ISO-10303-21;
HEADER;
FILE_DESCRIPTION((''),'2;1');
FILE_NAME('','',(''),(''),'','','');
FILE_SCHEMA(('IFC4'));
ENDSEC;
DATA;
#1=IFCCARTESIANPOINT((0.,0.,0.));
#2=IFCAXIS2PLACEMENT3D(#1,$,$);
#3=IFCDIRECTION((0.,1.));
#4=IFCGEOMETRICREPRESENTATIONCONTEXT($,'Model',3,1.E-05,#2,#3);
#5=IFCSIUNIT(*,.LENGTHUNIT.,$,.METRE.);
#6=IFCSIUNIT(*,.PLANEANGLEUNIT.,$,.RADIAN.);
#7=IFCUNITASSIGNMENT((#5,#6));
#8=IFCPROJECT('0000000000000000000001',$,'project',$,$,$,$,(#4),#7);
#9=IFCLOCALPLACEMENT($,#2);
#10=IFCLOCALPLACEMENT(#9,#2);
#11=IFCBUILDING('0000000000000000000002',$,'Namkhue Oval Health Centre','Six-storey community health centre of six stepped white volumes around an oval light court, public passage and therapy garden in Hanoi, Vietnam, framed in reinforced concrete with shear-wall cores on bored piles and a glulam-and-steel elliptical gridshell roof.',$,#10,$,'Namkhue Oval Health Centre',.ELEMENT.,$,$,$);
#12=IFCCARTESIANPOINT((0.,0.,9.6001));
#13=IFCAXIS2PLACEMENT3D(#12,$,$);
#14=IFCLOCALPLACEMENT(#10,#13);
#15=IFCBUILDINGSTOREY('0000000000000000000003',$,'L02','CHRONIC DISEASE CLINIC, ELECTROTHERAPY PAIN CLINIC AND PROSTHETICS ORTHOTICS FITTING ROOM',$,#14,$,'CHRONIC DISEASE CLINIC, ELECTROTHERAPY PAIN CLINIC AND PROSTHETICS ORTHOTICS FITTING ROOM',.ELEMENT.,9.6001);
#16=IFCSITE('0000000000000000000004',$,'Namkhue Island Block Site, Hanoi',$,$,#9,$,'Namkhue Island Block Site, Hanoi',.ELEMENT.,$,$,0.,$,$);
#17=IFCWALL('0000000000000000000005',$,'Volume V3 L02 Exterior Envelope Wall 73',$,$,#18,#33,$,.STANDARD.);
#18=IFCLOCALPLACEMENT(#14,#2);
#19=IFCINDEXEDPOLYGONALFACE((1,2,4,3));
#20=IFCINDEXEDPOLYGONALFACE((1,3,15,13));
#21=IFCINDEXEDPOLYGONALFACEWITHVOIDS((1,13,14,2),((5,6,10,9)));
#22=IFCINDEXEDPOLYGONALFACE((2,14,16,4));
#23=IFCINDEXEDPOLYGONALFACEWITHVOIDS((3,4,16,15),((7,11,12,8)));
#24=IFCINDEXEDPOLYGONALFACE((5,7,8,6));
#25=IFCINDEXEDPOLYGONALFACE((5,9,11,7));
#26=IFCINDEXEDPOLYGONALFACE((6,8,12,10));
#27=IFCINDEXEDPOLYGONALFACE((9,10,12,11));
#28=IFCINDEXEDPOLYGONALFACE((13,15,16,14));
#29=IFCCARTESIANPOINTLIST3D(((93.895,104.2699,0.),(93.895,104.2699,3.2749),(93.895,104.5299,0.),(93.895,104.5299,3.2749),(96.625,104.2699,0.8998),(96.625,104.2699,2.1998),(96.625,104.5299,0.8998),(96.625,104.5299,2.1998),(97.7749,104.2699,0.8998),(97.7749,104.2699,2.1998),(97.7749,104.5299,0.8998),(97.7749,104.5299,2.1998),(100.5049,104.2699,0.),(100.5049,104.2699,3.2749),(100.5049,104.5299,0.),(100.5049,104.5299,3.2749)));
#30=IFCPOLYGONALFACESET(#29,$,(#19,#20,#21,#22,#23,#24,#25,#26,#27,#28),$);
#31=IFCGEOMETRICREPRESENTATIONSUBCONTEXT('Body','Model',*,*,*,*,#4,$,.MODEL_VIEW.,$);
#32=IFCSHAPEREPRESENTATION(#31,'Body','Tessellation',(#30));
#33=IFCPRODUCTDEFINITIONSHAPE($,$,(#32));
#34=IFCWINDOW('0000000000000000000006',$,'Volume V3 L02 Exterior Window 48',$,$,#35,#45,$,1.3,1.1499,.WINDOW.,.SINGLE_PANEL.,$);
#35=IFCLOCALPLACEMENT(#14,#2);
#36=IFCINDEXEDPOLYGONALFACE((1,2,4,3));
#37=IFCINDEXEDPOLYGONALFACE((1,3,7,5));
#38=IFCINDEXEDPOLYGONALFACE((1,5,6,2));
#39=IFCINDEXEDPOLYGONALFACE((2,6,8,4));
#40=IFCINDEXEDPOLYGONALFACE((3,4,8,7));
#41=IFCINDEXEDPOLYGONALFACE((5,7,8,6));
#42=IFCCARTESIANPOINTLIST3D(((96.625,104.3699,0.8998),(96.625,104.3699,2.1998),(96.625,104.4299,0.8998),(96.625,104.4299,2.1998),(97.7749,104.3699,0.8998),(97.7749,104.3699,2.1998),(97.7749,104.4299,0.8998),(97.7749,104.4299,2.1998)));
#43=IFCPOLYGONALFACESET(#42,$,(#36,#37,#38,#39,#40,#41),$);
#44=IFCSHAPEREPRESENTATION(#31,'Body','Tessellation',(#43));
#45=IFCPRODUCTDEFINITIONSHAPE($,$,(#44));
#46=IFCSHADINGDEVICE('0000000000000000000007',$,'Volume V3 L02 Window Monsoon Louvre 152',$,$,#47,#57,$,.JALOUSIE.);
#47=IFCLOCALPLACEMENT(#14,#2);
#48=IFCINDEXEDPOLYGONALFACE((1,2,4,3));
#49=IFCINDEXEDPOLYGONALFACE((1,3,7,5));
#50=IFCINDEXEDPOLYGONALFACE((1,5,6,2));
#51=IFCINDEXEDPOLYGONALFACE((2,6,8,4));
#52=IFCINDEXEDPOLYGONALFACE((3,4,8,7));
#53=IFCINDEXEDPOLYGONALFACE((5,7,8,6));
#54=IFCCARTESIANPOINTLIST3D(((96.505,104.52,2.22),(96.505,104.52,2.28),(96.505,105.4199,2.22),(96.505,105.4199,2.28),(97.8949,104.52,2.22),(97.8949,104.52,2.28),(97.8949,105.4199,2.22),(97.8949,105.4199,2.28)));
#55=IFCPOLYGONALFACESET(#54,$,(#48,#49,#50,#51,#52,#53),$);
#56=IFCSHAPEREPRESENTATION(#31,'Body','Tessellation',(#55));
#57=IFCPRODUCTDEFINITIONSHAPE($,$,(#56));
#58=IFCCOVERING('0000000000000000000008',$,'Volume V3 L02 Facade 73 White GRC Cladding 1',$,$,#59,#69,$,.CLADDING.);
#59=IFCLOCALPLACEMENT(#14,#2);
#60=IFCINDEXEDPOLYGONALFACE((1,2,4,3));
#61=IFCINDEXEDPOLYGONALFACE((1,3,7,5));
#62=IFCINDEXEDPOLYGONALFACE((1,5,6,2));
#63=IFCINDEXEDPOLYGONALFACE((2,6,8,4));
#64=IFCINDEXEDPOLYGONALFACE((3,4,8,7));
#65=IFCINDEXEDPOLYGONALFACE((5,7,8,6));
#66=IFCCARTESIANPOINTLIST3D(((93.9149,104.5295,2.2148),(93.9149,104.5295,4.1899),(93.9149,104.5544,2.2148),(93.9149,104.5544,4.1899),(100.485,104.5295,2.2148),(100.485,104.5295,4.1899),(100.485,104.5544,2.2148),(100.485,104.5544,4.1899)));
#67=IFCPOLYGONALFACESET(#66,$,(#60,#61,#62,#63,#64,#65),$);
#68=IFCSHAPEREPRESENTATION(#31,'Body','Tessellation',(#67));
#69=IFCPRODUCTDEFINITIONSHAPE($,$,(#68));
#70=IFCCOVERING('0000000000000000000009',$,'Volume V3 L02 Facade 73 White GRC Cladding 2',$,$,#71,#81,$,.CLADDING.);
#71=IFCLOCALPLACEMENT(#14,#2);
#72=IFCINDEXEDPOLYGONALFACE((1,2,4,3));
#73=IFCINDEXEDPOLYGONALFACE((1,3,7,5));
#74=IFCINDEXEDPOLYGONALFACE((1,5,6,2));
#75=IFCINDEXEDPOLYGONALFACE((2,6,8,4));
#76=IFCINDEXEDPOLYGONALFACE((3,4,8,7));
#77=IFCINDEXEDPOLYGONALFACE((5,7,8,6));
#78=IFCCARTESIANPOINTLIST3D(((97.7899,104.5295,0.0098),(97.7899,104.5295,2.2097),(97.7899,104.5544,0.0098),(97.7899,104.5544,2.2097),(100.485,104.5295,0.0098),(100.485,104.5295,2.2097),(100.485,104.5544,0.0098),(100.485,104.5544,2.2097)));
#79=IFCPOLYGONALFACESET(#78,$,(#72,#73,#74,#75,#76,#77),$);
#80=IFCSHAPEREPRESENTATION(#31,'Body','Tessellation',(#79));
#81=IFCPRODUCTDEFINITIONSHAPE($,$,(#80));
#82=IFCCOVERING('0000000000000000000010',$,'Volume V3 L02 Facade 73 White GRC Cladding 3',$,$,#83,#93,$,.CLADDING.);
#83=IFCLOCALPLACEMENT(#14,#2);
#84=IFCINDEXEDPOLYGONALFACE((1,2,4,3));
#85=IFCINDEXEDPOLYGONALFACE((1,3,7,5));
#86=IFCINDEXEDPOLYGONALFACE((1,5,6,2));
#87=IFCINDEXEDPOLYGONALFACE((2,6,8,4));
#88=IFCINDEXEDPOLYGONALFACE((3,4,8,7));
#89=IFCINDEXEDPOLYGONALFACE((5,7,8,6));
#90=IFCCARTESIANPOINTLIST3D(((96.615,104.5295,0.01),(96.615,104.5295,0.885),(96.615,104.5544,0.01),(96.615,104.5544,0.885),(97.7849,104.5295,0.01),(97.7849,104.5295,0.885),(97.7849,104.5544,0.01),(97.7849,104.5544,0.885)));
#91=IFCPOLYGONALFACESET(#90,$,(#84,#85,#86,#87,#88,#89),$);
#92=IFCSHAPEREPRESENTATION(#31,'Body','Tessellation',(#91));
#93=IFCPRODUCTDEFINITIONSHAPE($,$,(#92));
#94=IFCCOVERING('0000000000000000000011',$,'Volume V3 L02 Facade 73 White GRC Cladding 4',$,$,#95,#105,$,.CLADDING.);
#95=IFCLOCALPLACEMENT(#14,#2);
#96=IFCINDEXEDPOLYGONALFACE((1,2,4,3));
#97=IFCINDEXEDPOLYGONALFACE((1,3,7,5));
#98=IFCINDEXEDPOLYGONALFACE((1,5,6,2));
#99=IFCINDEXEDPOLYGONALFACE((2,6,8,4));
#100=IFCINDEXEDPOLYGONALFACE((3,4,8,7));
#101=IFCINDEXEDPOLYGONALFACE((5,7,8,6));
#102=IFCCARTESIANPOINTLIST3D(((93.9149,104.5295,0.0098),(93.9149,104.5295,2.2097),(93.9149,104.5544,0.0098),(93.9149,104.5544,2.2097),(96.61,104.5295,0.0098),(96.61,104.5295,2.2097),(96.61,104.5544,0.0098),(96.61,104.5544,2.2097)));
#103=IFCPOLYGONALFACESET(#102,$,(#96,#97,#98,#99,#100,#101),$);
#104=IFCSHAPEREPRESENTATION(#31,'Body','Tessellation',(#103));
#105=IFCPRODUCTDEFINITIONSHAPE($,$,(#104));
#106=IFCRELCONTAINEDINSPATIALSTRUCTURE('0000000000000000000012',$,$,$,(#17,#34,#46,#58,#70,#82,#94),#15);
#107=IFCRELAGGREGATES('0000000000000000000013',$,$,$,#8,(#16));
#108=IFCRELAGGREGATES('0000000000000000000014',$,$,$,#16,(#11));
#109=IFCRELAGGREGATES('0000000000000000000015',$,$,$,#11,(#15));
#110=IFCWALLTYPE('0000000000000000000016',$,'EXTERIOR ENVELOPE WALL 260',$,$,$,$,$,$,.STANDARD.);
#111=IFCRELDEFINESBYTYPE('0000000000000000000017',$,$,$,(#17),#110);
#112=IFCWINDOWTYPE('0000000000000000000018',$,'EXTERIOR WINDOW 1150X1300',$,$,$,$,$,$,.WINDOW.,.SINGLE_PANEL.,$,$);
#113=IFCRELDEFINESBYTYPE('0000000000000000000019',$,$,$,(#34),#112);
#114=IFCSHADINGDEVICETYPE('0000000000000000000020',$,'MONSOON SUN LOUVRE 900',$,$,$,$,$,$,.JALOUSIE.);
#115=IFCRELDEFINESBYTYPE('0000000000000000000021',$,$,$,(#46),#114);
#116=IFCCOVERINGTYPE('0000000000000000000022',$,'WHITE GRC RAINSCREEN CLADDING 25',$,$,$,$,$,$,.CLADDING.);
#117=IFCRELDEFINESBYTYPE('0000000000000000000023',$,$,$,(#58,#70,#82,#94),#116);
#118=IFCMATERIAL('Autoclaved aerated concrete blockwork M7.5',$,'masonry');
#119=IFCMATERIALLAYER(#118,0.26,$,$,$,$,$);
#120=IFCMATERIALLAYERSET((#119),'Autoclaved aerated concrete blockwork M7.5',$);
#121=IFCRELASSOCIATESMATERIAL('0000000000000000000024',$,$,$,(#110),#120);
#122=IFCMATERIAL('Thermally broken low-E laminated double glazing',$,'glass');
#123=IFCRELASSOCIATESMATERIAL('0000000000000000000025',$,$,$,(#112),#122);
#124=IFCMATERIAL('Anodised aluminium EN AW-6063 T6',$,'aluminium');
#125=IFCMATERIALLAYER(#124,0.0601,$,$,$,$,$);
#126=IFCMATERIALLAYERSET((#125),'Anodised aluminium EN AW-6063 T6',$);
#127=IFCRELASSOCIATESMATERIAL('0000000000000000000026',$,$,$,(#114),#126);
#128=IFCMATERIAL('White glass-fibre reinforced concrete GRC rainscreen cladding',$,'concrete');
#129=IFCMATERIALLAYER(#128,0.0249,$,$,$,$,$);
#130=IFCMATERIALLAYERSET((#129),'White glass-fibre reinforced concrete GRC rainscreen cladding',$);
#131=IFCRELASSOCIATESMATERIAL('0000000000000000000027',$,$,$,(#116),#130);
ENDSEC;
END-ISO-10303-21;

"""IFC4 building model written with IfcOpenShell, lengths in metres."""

from ifc_helpers import new_model, si_unit, direction, frame, frame_2d, origin, origin_2d, place, context, subcontext, project, spatial, rectangle, extrude, material, layer, layer_set, type_object, element, fill, save


model = new_model("IFC4")

# Units and contexts
model_context = context("Model", 3, precision=1e-05, world=origin(), true_north=direction((0.0, 1.0)))
body_context = subcontext(model_context, "Body", "Model", "MODEL_VIEW")
ifc_project = project(units=[si_unit("LENGTHUNIT", "METRE"), si_unit("PLANEANGLEUNIT", "RADIAN")], contexts=[model_context])

# Site, building, storey
site_placement = place(None, origin())
site = spatial("IfcSite", under=ifc_project, at=site_placement, Name="Namkhue Island Block Site, Hanoi", LongName="Namkhue Island Block Site, Hanoi", CompositionType="ELEMENT", RefElevation=0.0)
building_placement = place(site_placement, origin())
building = spatial("IfcBuilding", under=site, at=building_placement, Name="Namkhue Oval Health Centre", Description="Six-storey community health centre of six stepped white volumes around an oval light court, public passage and therapy garden in Hanoi, Vietnam, framed in reinforced concrete with shear-wall cores on bored piles and a glulam-and-steel elliptical gridshell roof.", LongName="Namkhue Oval Health Centre", CompositionType="ELEMENT")
storey_placement = place(building_placement, frame((0.0, 0.0, 9.6001)))
storey = spatial("IfcBuildingStorey", under=building, at=storey_placement, Name="L02", Description="CHRONIC DISEASE CLINIC, ELECTROTHERAPY PAIN CLINIC AND PROSTHETICS ORTHOTICS FITTING ROOM", LongName="CHRONIC DISEASE CLINIC, ELECTROTHERAPY PAIN CLINIC AND PROSTHETICS ORTHOTICS FITTING ROOM", CompositionType="ELEMENT", Elevation=9.6001)

# Shared definitions
ifc_material_1 = material(Name="Anodised aluminium EN AW-6063 T6", Category="aluminium")

# Shared definitions
ifc_material_2 = material(Name="Thermally broken low-E laminated double glazing", Category="glass")

# Wall, opening, window
ifc_material_3 = material(Name="Autoclaved aerated concrete blockwork M7.5", Category="masonry")
ifc_layer_1 = layer(ifc_material_3, 0.26)
ifc_layer_set_1 = layer_set([ifc_layer_1], Name="Autoclaved aerated concrete blockwork M7.5")
wall_type = type_object("IfcWallType", Name="EXTERIOR ENVELOPE WALL 260", PredefinedType="STANDARD", material=ifc_layer_set_1)
wall_placement = place(storey_placement, frame((100.5049, 104.3999, 0.0), z_axis=(0.0, 0.0, 1.0), x_axis=(-1.0, 0.0, 0.0)))
wall = element("IfcWall", 1, at=wall_placement, inside=storey, type_object=wall_type, Name="Volume V3 L02 Exterior Envelope Wall 73", PredefinedType="STANDARD", context=body_context, shape_type="SweptSolid", body=[
    extrude(rectangle(XDim=6.6099, YDim=0.26, at=frame_2d((3.3049, 0.0))), origin(), (0.0, 0.0, 1.0), 3.2749),
])
opening_placement = place(wall_placement, frame((2.73, 0.0, 0.8999)))
opening = element("IfcOpeningElement", 2, at=opening_placement, cuts=wall, PredefinedType="OPENING", context=body_context, shape_type="SweptSolid", body=[
    extrude(rectangle(XDim=1.1499, YDim=1.3, at=frame_2d((0.575, 0.6499))), frame((0.0, 0.1399, 0.0), z_axis=(0.0, -1.0, 0.0), x_axis=(1.0, 0.0, 0.0)), (0.0, 0.0, 1.0), 0.28),
])
window_type = type_object("IfcWindowType", Name="EXTERIOR WINDOW 1150X1300", PartitioningType="SINGLE_PANEL", PredefinedType="WINDOW", material=ifc_material_2)
window_placement = place(opening_placement, origin())
window = element("IfcWindow", 3, at=window_placement, inside=storey, type_object=window_type, Name="Volume V3 L02 Exterior Window 48", OverallHeight=1.3, OverallWidth=1.1499, PartitioningType="SINGLE_PANEL", PredefinedType="WINDOW", context=body_context, shape_type="SweptSolid", body=[
    extrude(rectangle(XDim=1.1499, YDim=1.3, at=frame_2d((0.575, 0.6499))), frame((0.0, 0.03, 0.0), z_axis=(0.0, -1.0, 0.0), x_axis=(1.0, 0.0, 0.0)), (0.0, 0.0, 1.0), 0.0601),
])
fill(opening, window)

# Shading device
ifc_layer_2 = layer(ifc_material_1, 0.0601)
ifc_layer_set_2 = layer_set([ifc_layer_2], Name="Anodised aluminium EN AW-6063 T6")
shading_device_type = type_object("IfcShadingDeviceType", Name="MONSOON SUN LOUVRE 900", PredefinedType="JALOUSIE", material=ifc_layer_set_2)
shading_device_placement = place(storey_placement, frame((97.2, 104.97, 2.22), z_axis=(0.0, 0.0, 1.0), x_axis=(-1.0, 0.0, 0.0)))
element("IfcShadingDevice", 4, at=shading_device_placement, inside=storey, type_object=shading_device_type, Name="Volume V3 L02 Window Monsoon Louvre 152", PredefinedType="JALOUSIE", context=body_context, shape_type="SweptSolid", body=[
    extrude(rectangle(XDim=1.3899, YDim=0.8999, at=origin_2d()), origin(), (0.0, 0.0, 1.0), 0.0601),
])

# Coverings
ifc_material_4 = material(Name="White glass-fibre reinforced concrete GRC rainscreen cladding", Category="concrete")
ifc_layer_3 = layer(ifc_material_4, 0.0249)
ifc_layer_set_3 = layer_set([ifc_layer_3], Name="White glass-fibre reinforced concrete GRC rainscreen cladding")
covering_type = type_object("IfcCoveringType", Name="WHITE GRC RAINSCREEN CLADDING 25", PredefinedType="CLADDING", material=ifc_layer_set_3)
covering_1_placement = place(storey_placement, frame((97.2, 104.542, 2.2148), z_axis=(0.0, 0.0, 1.0), x_axis=(-1.0, 0.0, 0.0)))
element("IfcCovering", 5, at=covering_1_placement, inside=storey, type_object=covering_type, Name="Volume V3 L02 Facade 73 White GRC Cladding 1", PredefinedType="CLADDING", context=body_context, shape_type="SweptSolid", body=[
    extrude(rectangle(XDim=6.5701, YDim=0.0249, at=origin_2d()), origin(), (0.0, 0.0, 1.0), 1.9751),
])
covering_2_placement = place(storey_placement, frame((99.1375, 104.542, 0.0098), z_axis=(0.0, 0.0, 1.0), x_axis=(-1.0, 0.0, 0.0)))
element("IfcCovering", 6, at=covering_2_placement, inside=storey, type_object=covering_type, Name="Volume V3 L02 Facade 73 White GRC Cladding 2", PredefinedType="CLADDING", context=body_context, shape_type="SweptSolid", body=[
    extrude(rectangle(XDim=2.6951, YDim=0.0249, at=origin_2d()), origin(), (0.0, 0.0, 1.0), 2.2),
])
covering_3_placement = place(storey_placement, frame((97.2, 104.542, 0.01), z_axis=(0.0, 0.0, 1.0), x_axis=(-1.0, 0.0, 0.0)))
element("IfcCovering", 7, at=covering_3_placement, inside=storey, type_object=covering_type, Name="Volume V3 L02 Facade 73 White GRC Cladding 3", PredefinedType="CLADDING", context=body_context, shape_type="SweptSolid", body=[
    extrude(rectangle(XDim=1.1699, YDim=0.0249, at=origin_2d()), origin(), (0.0, 0.0, 1.0), 0.875),
])
covering_4_placement = place(storey_placement, frame((95.2625, 104.542, 0.0098), z_axis=(0.0, 0.0, 1.0), x_axis=(-1.0, 0.0, 0.0)))
element("IfcCovering", 8, at=covering_4_placement, inside=storey, type_object=covering_type, Name="Volume V3 L02 Facade 73 White GRC Cladding 4", PredefinedType="CLADDING", context=body_context, shape_type="SweptSolid", body=[
    extrude(rectangle(XDim=2.6951, YDim=0.0249, at=origin_2d()), origin(), (0.0, 0.0, 1.0), 2.2),
])

save(model, "model.ifc")
